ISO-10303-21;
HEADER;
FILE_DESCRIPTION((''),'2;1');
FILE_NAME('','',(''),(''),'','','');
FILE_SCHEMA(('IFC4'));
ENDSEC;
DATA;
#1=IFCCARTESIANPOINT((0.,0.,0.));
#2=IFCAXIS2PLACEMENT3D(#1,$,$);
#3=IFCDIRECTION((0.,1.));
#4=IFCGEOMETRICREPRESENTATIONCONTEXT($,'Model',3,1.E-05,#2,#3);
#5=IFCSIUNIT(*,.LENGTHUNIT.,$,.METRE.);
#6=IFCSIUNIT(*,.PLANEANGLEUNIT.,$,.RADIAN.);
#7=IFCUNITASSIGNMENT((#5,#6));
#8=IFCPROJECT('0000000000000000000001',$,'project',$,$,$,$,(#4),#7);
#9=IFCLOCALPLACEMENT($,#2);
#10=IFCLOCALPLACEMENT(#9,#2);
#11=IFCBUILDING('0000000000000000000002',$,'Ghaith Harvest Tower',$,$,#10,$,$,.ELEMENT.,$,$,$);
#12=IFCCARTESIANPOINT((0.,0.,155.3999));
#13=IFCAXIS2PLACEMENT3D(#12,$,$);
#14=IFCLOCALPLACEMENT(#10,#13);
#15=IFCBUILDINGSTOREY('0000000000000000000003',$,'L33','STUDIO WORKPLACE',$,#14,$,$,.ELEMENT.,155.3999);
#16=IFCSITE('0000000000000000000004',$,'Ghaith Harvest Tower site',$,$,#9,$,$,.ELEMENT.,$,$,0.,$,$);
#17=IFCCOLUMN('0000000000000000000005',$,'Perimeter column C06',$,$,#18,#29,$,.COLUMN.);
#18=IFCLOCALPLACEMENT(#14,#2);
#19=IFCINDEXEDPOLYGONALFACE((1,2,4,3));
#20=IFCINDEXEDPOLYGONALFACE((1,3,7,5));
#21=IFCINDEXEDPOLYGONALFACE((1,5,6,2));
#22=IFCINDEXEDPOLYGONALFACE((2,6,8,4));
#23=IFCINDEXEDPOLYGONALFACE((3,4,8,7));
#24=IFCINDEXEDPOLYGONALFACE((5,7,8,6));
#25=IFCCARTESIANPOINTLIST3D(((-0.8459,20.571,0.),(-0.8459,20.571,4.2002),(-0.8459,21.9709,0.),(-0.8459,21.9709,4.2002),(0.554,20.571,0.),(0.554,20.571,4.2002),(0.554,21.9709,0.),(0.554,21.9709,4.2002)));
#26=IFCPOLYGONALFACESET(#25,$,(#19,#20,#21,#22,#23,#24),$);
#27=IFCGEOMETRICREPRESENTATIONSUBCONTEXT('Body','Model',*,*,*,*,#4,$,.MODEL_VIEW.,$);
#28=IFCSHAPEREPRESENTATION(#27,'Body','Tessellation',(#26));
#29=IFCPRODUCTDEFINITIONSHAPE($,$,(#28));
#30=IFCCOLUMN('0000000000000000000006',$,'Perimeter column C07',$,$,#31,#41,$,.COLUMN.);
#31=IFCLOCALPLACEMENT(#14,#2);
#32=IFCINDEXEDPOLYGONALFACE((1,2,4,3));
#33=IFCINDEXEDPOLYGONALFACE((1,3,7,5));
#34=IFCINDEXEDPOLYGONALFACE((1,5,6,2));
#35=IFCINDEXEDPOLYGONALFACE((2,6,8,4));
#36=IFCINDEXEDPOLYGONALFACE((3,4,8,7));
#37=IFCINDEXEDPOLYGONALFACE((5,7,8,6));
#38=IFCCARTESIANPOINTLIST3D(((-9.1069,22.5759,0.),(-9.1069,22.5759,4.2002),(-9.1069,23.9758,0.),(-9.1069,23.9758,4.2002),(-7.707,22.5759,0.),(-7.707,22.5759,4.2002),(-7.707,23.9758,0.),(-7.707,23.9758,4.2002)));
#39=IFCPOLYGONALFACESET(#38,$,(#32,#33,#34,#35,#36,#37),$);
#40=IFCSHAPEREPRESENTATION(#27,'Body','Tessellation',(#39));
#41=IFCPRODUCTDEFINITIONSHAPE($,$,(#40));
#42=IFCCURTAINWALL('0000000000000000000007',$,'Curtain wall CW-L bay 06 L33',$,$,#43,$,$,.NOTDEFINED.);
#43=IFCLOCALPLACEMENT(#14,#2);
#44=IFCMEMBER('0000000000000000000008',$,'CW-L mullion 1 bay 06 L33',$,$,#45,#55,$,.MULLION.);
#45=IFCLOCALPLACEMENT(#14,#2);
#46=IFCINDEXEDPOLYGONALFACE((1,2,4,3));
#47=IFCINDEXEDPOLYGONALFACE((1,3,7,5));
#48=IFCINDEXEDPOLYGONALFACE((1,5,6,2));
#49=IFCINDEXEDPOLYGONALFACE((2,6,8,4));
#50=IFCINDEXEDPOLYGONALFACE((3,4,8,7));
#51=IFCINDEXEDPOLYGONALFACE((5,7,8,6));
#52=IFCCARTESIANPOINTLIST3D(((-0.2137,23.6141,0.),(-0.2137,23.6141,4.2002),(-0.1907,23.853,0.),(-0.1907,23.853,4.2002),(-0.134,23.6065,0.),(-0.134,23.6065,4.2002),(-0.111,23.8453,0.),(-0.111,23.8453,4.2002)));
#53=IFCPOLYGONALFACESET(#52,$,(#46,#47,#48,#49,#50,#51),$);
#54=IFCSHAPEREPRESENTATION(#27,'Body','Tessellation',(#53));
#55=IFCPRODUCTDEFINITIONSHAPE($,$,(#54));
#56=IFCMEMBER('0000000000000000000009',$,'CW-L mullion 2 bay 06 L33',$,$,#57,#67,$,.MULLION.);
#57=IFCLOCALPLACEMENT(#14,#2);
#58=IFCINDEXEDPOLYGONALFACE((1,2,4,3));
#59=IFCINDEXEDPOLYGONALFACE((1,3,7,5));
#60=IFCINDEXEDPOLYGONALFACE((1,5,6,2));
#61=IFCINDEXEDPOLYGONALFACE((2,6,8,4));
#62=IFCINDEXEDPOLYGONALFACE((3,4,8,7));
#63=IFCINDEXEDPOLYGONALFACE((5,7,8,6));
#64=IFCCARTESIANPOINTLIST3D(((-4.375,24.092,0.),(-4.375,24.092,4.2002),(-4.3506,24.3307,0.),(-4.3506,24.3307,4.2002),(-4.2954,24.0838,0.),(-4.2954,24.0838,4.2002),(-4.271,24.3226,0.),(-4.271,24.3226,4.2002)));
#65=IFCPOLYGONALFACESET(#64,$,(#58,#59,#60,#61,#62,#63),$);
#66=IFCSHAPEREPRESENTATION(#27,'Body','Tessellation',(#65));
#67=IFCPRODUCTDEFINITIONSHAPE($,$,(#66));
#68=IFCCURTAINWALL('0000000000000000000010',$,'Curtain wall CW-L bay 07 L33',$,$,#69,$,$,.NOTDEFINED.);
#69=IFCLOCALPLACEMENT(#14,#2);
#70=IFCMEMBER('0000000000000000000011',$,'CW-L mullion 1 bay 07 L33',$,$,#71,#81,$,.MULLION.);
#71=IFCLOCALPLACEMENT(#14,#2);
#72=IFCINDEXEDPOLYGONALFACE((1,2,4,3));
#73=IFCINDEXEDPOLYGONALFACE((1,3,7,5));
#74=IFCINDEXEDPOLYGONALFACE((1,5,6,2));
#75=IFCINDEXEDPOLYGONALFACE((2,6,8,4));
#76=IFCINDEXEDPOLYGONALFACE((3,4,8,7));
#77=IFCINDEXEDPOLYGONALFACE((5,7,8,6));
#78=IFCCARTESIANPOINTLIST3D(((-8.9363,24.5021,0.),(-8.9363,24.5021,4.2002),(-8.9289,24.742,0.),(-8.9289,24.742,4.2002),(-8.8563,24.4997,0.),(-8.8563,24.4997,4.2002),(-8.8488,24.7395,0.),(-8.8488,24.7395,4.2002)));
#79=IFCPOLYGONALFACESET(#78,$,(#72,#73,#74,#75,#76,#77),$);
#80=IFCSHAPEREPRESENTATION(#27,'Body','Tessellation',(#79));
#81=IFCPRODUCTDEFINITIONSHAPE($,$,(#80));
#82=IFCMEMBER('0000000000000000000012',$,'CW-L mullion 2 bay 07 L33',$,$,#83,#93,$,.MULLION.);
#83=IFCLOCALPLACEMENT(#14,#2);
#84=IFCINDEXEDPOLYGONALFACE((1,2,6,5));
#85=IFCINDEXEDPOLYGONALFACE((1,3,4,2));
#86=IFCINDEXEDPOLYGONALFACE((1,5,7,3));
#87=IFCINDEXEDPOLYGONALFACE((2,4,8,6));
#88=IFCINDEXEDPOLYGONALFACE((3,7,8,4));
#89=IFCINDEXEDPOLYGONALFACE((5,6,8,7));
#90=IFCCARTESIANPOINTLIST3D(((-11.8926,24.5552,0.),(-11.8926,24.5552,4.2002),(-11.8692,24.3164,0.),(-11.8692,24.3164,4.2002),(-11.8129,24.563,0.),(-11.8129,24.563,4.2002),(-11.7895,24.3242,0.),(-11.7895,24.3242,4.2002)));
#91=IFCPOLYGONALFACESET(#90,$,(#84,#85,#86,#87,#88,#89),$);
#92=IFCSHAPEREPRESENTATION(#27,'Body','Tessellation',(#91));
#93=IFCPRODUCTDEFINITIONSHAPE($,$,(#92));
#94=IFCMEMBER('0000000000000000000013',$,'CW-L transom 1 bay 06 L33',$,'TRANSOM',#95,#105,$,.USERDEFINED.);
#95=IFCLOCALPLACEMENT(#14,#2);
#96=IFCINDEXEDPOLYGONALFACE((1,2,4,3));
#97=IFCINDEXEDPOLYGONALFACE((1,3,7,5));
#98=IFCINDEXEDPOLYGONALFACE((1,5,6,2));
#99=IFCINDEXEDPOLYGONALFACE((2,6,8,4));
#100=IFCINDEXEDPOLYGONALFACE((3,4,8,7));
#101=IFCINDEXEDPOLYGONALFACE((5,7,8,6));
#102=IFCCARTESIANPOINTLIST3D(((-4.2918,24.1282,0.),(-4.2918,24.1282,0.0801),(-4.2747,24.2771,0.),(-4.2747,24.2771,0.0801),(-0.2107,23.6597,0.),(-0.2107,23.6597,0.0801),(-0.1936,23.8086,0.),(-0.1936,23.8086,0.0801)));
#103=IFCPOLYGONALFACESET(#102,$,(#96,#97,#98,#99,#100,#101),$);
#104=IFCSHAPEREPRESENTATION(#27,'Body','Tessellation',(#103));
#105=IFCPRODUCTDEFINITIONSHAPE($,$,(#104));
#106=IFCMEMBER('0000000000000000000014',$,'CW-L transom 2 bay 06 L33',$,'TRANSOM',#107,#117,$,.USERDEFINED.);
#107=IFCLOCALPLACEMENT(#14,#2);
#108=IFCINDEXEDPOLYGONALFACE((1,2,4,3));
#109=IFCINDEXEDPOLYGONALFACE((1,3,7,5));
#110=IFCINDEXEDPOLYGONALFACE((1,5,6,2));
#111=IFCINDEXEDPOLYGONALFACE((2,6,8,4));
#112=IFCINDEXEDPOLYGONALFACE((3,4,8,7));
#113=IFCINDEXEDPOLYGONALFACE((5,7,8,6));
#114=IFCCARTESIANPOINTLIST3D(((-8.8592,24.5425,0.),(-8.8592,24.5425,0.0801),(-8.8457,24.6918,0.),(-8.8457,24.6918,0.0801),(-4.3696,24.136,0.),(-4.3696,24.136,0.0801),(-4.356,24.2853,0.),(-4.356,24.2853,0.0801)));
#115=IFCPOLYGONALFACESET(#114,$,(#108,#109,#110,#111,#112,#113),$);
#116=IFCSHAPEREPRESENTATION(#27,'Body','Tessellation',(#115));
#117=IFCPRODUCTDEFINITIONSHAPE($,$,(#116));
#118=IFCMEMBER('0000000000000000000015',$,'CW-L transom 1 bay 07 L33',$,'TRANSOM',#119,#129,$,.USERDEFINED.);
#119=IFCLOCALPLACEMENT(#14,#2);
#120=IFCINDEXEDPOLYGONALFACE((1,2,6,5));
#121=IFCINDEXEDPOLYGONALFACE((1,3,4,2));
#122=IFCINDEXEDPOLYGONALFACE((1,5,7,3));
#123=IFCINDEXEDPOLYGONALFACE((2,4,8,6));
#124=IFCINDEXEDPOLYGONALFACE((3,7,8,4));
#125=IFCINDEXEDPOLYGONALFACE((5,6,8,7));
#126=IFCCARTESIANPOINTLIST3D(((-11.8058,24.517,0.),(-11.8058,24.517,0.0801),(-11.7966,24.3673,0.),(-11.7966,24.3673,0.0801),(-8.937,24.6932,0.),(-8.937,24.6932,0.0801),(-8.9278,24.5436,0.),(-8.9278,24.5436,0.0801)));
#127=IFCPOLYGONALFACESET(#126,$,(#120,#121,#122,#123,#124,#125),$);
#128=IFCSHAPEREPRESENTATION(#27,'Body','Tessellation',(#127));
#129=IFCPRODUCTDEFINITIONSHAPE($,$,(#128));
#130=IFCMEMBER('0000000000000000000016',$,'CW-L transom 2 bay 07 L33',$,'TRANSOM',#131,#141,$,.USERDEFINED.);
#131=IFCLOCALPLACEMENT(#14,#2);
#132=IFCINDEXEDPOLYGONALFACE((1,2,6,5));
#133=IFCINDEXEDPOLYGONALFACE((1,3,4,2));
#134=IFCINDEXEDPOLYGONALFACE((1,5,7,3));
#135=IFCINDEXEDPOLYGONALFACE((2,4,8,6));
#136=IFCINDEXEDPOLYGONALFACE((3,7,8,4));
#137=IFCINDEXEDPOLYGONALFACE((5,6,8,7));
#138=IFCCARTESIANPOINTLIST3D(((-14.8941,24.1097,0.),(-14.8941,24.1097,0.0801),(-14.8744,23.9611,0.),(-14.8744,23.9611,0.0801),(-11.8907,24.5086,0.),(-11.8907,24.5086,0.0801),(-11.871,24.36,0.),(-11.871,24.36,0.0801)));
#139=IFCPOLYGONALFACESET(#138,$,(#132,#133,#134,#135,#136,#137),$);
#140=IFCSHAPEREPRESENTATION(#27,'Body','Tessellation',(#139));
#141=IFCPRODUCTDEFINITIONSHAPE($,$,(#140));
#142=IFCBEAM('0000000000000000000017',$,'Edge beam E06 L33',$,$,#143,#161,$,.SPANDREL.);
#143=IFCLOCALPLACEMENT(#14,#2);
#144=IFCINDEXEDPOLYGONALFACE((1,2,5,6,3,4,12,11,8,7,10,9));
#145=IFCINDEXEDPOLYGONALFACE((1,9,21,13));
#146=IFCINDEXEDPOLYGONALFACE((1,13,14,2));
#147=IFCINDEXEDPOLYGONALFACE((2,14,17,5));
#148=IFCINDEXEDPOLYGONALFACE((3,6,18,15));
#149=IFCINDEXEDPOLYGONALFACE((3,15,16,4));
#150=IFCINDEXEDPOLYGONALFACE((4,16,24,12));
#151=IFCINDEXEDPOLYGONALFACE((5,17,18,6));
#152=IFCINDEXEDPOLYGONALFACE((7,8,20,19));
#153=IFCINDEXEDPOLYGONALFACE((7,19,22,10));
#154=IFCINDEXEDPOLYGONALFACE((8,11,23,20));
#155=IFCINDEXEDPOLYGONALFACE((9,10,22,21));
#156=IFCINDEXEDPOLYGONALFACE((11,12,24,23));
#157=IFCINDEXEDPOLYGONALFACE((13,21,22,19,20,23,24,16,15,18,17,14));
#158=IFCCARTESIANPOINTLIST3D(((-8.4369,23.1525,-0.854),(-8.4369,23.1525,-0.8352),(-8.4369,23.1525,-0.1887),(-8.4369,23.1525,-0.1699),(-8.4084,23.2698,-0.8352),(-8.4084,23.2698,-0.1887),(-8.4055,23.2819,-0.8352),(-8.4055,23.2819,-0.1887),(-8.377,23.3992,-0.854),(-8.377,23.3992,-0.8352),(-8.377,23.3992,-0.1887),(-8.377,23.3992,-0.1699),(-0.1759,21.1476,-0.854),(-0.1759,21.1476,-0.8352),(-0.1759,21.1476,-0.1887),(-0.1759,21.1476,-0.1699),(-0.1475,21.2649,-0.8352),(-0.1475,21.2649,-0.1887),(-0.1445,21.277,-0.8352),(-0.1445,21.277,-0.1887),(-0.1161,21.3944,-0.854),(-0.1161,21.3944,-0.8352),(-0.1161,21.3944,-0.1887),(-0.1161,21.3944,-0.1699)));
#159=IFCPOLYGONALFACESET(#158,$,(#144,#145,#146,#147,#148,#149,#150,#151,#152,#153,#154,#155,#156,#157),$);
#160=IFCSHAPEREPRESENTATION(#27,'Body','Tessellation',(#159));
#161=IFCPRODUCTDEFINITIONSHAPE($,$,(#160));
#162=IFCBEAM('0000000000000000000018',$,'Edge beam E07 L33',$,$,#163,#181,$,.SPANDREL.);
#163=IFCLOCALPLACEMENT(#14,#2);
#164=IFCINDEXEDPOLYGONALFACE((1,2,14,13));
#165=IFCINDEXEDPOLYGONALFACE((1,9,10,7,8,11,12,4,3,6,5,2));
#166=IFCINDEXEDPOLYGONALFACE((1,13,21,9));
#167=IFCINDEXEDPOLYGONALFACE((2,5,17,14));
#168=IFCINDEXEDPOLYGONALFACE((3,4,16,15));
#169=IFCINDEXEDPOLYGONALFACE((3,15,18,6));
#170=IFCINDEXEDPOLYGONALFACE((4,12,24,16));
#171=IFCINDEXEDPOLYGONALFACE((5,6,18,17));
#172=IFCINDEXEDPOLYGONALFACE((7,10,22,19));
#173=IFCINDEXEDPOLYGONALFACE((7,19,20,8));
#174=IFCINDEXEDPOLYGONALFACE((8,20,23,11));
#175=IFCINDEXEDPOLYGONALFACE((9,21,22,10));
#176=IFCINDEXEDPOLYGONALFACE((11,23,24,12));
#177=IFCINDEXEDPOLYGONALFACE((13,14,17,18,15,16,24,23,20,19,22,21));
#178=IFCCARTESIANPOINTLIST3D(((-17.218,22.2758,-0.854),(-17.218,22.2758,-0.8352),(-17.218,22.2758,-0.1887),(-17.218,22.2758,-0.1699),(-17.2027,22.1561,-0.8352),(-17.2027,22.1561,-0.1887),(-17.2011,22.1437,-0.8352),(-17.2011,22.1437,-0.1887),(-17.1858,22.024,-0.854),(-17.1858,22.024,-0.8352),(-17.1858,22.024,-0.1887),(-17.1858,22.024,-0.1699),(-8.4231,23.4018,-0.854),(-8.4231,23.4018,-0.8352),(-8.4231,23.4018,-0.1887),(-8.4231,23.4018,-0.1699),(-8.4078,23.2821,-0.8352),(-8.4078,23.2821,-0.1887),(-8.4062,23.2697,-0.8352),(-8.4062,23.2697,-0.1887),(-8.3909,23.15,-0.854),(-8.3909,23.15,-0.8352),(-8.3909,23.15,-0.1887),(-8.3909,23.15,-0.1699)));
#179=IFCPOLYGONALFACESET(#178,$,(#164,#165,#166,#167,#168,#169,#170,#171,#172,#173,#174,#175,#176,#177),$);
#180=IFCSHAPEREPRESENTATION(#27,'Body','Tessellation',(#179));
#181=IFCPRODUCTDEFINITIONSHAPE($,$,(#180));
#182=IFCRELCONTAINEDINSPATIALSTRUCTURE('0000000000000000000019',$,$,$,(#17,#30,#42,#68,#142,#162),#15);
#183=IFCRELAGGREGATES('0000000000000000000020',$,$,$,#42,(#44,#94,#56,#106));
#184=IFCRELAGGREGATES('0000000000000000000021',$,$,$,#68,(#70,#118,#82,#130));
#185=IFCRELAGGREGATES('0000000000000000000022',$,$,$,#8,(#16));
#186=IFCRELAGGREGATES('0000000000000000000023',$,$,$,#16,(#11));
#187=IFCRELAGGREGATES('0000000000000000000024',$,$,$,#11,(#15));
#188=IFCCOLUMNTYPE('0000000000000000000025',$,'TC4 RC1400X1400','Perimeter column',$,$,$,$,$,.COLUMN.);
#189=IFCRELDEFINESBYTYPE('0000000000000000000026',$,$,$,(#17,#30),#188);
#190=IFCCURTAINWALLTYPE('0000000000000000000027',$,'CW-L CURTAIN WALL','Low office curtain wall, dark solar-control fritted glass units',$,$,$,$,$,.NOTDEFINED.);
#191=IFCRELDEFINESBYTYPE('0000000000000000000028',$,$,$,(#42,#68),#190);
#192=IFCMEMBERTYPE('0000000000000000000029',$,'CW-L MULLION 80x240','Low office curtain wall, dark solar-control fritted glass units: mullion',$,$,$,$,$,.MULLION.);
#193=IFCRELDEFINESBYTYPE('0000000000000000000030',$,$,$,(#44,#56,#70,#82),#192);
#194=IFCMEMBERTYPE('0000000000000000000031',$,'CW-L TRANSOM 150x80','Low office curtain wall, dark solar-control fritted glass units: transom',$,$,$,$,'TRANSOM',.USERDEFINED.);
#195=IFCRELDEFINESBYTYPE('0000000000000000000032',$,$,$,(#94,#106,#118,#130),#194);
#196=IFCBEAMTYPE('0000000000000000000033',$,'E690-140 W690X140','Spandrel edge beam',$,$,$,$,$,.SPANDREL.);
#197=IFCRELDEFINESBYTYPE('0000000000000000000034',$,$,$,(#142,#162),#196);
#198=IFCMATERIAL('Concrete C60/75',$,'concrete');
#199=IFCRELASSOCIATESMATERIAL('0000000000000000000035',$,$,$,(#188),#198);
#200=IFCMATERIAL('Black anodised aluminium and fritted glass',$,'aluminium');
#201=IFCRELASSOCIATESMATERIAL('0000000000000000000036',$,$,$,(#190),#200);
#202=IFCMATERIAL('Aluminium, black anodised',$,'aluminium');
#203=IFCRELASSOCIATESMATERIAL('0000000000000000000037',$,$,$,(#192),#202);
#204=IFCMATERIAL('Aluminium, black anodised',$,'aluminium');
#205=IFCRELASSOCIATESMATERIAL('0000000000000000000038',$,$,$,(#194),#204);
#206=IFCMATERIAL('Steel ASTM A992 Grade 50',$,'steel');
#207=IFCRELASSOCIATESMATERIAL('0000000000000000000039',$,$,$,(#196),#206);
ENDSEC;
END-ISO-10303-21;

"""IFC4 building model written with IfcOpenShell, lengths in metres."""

from ifc_helpers import new_model, si_unit, direction, frame, origin, origin_2d, place, context, subcontext, project, spatial, rectangle, i_section, extrude, material, material_profile, profile_set, type_object, element, aggregate, save


model = new_model("IFC4")

# Units and contexts
model_context = context("Model", 3, precision=1e-05, world=origin(), true_north=direction((0.0, 1.0)))
body_context = subcontext(model_context, "Body", "Model", "MODEL_VIEW")
ifc_project = project(units=[si_unit("LENGTHUNIT", "METRE"), si_unit("PLANEANGLEUNIT", "RADIAN")], contexts=[model_context])

# Site, building, storey
site_placement = place(None, origin())
site = spatial("IfcSite", under=ifc_project, at=site_placement, Name="Ghaith Harvest Tower site", CompositionType="ELEMENT", RefElevation=0.0)
building_placement = place(site_placement, origin())
building = spatial("IfcBuilding", under=site, at=building_placement, Name="Ghaith Harvest Tower", CompositionType="ELEMENT")
storey_placement = place(building_placement, frame((0.0, 0.0, 155.3999)))
storey = spatial("IfcBuildingStorey", under=building, at=storey_placement, Name="L33", Description="STUDIO WORKPLACE", CompositionType="ELEMENT", Elevation=155.3999)

# Columns
ifc_material_1 = material(Name="Concrete C60/75", Category="concrete")
ifc_material_profile_1 = material_profile(ifc_material_1, rectangle(XDim=1.3999, YDim=1.3999, at=origin_2d()), Name="RC1400X1400")
ifc_profile_set_1 = profile_set([ifc_material_profile_1], Name="Concrete C60/75")
column_type = type_object("IfcColumnType", Name="TC4 RC1400X1400", Description="Perimeter column", PredefinedType="COLUMN", material=ifc_profile_set_1)
for number, where, z_axis, x_axis, name in (
    (1, (-0.146, 21.271, 0.0), (0.0, 0.0, 1.0), (1.0, 0.0, 0.0), "Perimeter column C06"),
    (2, (-8.407, 23.2759, 0.0), (0.0, 0.0, 1.0), (1.0, 0.0, 0.0), "Perimeter column C07"),
):
    element("IfcColumn", number, at=place(storey_placement, frame(where, z_axis=z_axis, x_axis=x_axis)), inside=storey, type_object=column_type, Name=name, PredefinedType="COLUMN", context=body_context, shape_type="SweptSolid", body=[
        extrude(rectangle(XDim=1.3999, YDim=1.3999, at=origin_2d()), origin(), (0.0, 0.0, 1.0), 4.2002),
    ])

# Curtain walls, members
ifc_material_2 = material(Name="Black anodised aluminium and fritted glass", Category="aluminium")
curtain_wall_type = type_object("IfcCurtainWallType", Name="CW-L CURTAIN WALL", Description="Low office curtain wall, dark solar-control fritted glass units", PredefinedType="NOTDEFINED", material=ifc_material_2)
curtain_wall_1_placement = place(storey_placement, origin())
curtain_wall_1 = element("IfcCurtainWall", 3, at=curtain_wall_1_placement, inside=storey, type_object=curtain_wall_type, Name="Curtain wall CW-L bay 06 L33", PredefinedType="NOTDEFINED")
ifc_material_3 = material(Name="Aluminium, black anodised", Category="aluminium")
ifc_material_profile_2 = material_profile(ifc_material_3, rectangle(XDim=0.0801, YDim=0.24, at=origin_2d()), Name="CW-L MULLION 80x240")
ifc_profile_set_2 = profile_set([ifc_material_profile_2], Name="Aluminium, black anodised")
member_type_1 = type_object("IfcMemberType", Name="CW-L MULLION 80x240", Description="Low office curtain wall, dark solar-control fritted glass units: mullion", PredefinedType="MULLION", material=ifc_profile_set_2)
member_1_placement = place(storey_placement, frame((-0.1624, 23.7297, 0.0), z_axis=(0.0, 0.0, 1.0), x_axis=(-0.995388, 0.09593, 0.0)))
member_1 = element("IfcMember", 4, at=member_1_placement, type_object=member_type_1, Name="CW-L mullion 1 bay 06 L33", PredefinedType="MULLION", context=body_context, shape_type="SweptSolid", body=[
    extrude(rectangle(XDim=0.0801, YDim=0.24, at=origin_2d()), origin(), (0.0, 0.0, 1.0), 4.2002),
])
member_2_placement = place(storey_placement, frame((-4.323, 24.2073, 0.0), z_axis=(0.0, 0.0, 1.0), x_axis=(-0.99483, 0.101551, 0.0)))
member_2 = element("IfcMember", 5, at=member_2_placement, type_object=member_type_1, Name="CW-L mullion 2 bay 06 L33", PredefinedType="MULLION", context=body_context, shape_type="SweptSolid", body=[
    extrude(rectangle(XDim=0.0801, YDim=0.24, at=origin_2d()), origin(), (0.0, 0.0, 1.0), 4.2002),
])
curtain_wall_2_placement = place(storey_placement, origin())
curtain_wall_2 = element("IfcCurtainWall", 6, at=curtain_wall_2_placement, inside=storey, type_object=curtain_wall_type, Name="Curtain wall CW-L bay 07 L33", PredefinedType="NOTDEFINED")
member_3_placement = place(storey_placement, frame((-8.8926, 24.6208, 0.0), z_axis=(0.0, 0.0, 1.0), x_axis=(-0.999522, 0.030909, 0.0)))
member_3 = element("IfcMember", 7, at=member_3_placement, type_object=member_type_1, Name="CW-L mullion 1 bay 07 L33", PredefinedType="MULLION", context=body_context, shape_type="SweptSolid", body=[
    extrude(rectangle(XDim=0.0801, YDim=0.24, at=origin_2d()), origin(), (0.0, 0.0, 1.0), 4.2002),
])
member_4_placement = place(storey_placement, frame((-11.8411, 24.4397, 0.0), z_axis=(0.0, 0.0, 1.0), x_axis=(-0.995238, -0.09748, 0.0)))
member_4 = element("IfcMember", 8, at=member_4_placement, type_object=member_type_1, Name="CW-L mullion 2 bay 07 L33", PredefinedType="MULLION", context=body_context, shape_type="SweptSolid", body=[
    extrude(rectangle(XDim=0.0801, YDim=0.24, at=origin_2d()), origin(), (0.0, 0.0, 1.0), 4.2002),
])

# Members
ifc_material_4 = material(Name="Aluminium, black anodised", Category="aluminium")
ifc_material_profile_3 = material_profile(ifc_material_4, rectangle(XDim=0.1499, YDim=0.0801, at=origin_2d()), Name="CW-L TRANSOM 150x80")
ifc_profile_set_3 = profile_set([ifc_material_profile_3], Name="Aluminium, black anodised")
member_type_2 = type_object("IfcMemberType", Name="CW-L TRANSOM 150x80", Description="Low office curtain wall, dark solar-control fritted glass units: transom", ElementType="TRANSOM", PredefinedType="USERDEFINED", material=ifc_profile_set_3)
member_5_placement = place(storey_placement, frame((-0.2021, 23.7341, 0.04), z_axis=(-0.993475, 0.114051, 0.0), x_axis=(-0.114051, -0.993475, 0.0)))
member_5 = element("IfcMember", 9, at=member_5_placement, type_object=member_type_2, Name="CW-L transom 1 bay 06 L33", ObjectType="TRANSOM", PredefinedType="USERDEFINED", context=body_context, shape_type="SweptSolid", body=[
    extrude(rectangle(XDim=0.1499, YDim=0.0801, at=origin_2d()), origin(), (0.0, 0.0, 1.0), 4.1079),
])
member_6_placement = place(storey_placement, frame((-4.3628, 24.2107, 0.04), z_axis=(-0.995926, 0.09017, 0.0), x_axis=(-0.09017, -0.995926, 0.0)))
member_6 = element("IfcMember", 10, at=member_6_placement, type_object=member_type_2, Name="CW-L transom 2 bay 06 L33", ObjectType="TRANSOM", PredefinedType="USERDEFINED", context=body_context, shape_type="SweptSolid", body=[
    extrude(rectangle(XDim=0.1499, YDim=0.0801, at=origin_2d()), origin(), (0.0, 0.0, 1.0), 4.5081),
])
member_7_placement = place(storey_placement, frame((-8.9324, 24.6184, 0.04), z_axis=(-0.998118, -0.061326, 0.0), x_axis=(0.061326, -0.998118, 0.0)))
member_7 = element("IfcMember", 11, at=member_7_placement, type_object=member_type_2, Name="CW-L transom 1 bay 07 L33", ObjectType="TRANSOM", PredefinedType="USERDEFINED", context=body_context, shape_type="SweptSolid", body=[
    extrude(rectangle(XDim=0.1499, YDim=0.0801, at=origin_2d()), origin(), (0.0, 0.0, 1.0), 2.8743),
])
member_8_placement = place(storey_placement, frame((-11.8809, 24.4343, 0.04), z_axis=(-0.991294, -0.131668, 0.0), x_axis=(0.131668, -0.991294, 0.0)))
member_8 = element("IfcMember", 12, at=member_8_placement, type_object=member_type_2, Name="CW-L transom 2 bay 07 L33", ObjectType="TRANSOM", PredefinedType="USERDEFINED", context=body_context, shape_type="SweptSolid", body=[
    extrude(rectangle(XDim=0.1499, YDim=0.0801, at=origin_2d()), origin(), (0.0, 0.0, 1.0), 3.0298),
])

# Beams
ifc_material_5 = material(Name="Steel ASTM A992 Grade 50", Category="steel")
ifc_material_profile_4 = material_profile(ifc_material_5, i_section(OverallWidth=0.2539, OverallDepth=0.6841, WebThickness=0.0125, FlangeThickness=0.0188, at=origin_2d()), Name="W690X140")
ifc_profile_set_4 = profile_set([ifc_material_profile_4], Name="Steel ASTM A992 Grade 50")
beam_type_1 = type_object("IfcBeamType", Name="E690-140 W690X140", Description="Spandrel edge beam", PredefinedType="SPANDREL", material=ifc_profile_set_4)
beam_1_placement = place(storey_placement, frame((-0.146, 21.271, -0.512), z_axis=(-0.97179, 0.235847, 0.0), x_axis=(-0.235847, -0.97179, 0.0)))
element("IfcBeam", 13, at=beam_1_placement, inside=storey, type_object=beam_type_1, Name="Edge beam E06 L33", PredefinedType="SPANDREL", context=body_context, shape_type="SweptSolid", body=[
    extrude(i_section(OverallWidth=0.2539, OverallDepth=0.6841, WebThickness=0.0125, FlangeThickness=0.0188, at=origin_2d()), origin(), (0.0, 0.0, 1.0), 8.5007),
])
beam_2_placement = place(storey_placement, frame((-8.407, 23.2759, -0.512), z_axis=(-0.991904, -0.126989, 0.0), x_axis=(0.126989, -0.991904, 0.0)))
element("IfcBeam", 14, at=beam_2_placement, inside=storey, type_object=beam_type_1, Name="Edge beam E07 L33", PredefinedType="SPANDREL", context=body_context, shape_type="SweptSolid", body=[
    extrude(i_section(OverallWidth=0.2539, OverallDepth=0.6841, WebThickness=0.0125, FlangeThickness=0.0188, at=origin_2d()), origin(), (0.0, 0.0, 1.0), 8.8667),
])

aggregate(curtain_wall_1, [member_1, member_5, member_2, member_6])
aggregate(curtain_wall_2, [member_3, member_7, member_4, member_8])

save(model, "model.ifc")
